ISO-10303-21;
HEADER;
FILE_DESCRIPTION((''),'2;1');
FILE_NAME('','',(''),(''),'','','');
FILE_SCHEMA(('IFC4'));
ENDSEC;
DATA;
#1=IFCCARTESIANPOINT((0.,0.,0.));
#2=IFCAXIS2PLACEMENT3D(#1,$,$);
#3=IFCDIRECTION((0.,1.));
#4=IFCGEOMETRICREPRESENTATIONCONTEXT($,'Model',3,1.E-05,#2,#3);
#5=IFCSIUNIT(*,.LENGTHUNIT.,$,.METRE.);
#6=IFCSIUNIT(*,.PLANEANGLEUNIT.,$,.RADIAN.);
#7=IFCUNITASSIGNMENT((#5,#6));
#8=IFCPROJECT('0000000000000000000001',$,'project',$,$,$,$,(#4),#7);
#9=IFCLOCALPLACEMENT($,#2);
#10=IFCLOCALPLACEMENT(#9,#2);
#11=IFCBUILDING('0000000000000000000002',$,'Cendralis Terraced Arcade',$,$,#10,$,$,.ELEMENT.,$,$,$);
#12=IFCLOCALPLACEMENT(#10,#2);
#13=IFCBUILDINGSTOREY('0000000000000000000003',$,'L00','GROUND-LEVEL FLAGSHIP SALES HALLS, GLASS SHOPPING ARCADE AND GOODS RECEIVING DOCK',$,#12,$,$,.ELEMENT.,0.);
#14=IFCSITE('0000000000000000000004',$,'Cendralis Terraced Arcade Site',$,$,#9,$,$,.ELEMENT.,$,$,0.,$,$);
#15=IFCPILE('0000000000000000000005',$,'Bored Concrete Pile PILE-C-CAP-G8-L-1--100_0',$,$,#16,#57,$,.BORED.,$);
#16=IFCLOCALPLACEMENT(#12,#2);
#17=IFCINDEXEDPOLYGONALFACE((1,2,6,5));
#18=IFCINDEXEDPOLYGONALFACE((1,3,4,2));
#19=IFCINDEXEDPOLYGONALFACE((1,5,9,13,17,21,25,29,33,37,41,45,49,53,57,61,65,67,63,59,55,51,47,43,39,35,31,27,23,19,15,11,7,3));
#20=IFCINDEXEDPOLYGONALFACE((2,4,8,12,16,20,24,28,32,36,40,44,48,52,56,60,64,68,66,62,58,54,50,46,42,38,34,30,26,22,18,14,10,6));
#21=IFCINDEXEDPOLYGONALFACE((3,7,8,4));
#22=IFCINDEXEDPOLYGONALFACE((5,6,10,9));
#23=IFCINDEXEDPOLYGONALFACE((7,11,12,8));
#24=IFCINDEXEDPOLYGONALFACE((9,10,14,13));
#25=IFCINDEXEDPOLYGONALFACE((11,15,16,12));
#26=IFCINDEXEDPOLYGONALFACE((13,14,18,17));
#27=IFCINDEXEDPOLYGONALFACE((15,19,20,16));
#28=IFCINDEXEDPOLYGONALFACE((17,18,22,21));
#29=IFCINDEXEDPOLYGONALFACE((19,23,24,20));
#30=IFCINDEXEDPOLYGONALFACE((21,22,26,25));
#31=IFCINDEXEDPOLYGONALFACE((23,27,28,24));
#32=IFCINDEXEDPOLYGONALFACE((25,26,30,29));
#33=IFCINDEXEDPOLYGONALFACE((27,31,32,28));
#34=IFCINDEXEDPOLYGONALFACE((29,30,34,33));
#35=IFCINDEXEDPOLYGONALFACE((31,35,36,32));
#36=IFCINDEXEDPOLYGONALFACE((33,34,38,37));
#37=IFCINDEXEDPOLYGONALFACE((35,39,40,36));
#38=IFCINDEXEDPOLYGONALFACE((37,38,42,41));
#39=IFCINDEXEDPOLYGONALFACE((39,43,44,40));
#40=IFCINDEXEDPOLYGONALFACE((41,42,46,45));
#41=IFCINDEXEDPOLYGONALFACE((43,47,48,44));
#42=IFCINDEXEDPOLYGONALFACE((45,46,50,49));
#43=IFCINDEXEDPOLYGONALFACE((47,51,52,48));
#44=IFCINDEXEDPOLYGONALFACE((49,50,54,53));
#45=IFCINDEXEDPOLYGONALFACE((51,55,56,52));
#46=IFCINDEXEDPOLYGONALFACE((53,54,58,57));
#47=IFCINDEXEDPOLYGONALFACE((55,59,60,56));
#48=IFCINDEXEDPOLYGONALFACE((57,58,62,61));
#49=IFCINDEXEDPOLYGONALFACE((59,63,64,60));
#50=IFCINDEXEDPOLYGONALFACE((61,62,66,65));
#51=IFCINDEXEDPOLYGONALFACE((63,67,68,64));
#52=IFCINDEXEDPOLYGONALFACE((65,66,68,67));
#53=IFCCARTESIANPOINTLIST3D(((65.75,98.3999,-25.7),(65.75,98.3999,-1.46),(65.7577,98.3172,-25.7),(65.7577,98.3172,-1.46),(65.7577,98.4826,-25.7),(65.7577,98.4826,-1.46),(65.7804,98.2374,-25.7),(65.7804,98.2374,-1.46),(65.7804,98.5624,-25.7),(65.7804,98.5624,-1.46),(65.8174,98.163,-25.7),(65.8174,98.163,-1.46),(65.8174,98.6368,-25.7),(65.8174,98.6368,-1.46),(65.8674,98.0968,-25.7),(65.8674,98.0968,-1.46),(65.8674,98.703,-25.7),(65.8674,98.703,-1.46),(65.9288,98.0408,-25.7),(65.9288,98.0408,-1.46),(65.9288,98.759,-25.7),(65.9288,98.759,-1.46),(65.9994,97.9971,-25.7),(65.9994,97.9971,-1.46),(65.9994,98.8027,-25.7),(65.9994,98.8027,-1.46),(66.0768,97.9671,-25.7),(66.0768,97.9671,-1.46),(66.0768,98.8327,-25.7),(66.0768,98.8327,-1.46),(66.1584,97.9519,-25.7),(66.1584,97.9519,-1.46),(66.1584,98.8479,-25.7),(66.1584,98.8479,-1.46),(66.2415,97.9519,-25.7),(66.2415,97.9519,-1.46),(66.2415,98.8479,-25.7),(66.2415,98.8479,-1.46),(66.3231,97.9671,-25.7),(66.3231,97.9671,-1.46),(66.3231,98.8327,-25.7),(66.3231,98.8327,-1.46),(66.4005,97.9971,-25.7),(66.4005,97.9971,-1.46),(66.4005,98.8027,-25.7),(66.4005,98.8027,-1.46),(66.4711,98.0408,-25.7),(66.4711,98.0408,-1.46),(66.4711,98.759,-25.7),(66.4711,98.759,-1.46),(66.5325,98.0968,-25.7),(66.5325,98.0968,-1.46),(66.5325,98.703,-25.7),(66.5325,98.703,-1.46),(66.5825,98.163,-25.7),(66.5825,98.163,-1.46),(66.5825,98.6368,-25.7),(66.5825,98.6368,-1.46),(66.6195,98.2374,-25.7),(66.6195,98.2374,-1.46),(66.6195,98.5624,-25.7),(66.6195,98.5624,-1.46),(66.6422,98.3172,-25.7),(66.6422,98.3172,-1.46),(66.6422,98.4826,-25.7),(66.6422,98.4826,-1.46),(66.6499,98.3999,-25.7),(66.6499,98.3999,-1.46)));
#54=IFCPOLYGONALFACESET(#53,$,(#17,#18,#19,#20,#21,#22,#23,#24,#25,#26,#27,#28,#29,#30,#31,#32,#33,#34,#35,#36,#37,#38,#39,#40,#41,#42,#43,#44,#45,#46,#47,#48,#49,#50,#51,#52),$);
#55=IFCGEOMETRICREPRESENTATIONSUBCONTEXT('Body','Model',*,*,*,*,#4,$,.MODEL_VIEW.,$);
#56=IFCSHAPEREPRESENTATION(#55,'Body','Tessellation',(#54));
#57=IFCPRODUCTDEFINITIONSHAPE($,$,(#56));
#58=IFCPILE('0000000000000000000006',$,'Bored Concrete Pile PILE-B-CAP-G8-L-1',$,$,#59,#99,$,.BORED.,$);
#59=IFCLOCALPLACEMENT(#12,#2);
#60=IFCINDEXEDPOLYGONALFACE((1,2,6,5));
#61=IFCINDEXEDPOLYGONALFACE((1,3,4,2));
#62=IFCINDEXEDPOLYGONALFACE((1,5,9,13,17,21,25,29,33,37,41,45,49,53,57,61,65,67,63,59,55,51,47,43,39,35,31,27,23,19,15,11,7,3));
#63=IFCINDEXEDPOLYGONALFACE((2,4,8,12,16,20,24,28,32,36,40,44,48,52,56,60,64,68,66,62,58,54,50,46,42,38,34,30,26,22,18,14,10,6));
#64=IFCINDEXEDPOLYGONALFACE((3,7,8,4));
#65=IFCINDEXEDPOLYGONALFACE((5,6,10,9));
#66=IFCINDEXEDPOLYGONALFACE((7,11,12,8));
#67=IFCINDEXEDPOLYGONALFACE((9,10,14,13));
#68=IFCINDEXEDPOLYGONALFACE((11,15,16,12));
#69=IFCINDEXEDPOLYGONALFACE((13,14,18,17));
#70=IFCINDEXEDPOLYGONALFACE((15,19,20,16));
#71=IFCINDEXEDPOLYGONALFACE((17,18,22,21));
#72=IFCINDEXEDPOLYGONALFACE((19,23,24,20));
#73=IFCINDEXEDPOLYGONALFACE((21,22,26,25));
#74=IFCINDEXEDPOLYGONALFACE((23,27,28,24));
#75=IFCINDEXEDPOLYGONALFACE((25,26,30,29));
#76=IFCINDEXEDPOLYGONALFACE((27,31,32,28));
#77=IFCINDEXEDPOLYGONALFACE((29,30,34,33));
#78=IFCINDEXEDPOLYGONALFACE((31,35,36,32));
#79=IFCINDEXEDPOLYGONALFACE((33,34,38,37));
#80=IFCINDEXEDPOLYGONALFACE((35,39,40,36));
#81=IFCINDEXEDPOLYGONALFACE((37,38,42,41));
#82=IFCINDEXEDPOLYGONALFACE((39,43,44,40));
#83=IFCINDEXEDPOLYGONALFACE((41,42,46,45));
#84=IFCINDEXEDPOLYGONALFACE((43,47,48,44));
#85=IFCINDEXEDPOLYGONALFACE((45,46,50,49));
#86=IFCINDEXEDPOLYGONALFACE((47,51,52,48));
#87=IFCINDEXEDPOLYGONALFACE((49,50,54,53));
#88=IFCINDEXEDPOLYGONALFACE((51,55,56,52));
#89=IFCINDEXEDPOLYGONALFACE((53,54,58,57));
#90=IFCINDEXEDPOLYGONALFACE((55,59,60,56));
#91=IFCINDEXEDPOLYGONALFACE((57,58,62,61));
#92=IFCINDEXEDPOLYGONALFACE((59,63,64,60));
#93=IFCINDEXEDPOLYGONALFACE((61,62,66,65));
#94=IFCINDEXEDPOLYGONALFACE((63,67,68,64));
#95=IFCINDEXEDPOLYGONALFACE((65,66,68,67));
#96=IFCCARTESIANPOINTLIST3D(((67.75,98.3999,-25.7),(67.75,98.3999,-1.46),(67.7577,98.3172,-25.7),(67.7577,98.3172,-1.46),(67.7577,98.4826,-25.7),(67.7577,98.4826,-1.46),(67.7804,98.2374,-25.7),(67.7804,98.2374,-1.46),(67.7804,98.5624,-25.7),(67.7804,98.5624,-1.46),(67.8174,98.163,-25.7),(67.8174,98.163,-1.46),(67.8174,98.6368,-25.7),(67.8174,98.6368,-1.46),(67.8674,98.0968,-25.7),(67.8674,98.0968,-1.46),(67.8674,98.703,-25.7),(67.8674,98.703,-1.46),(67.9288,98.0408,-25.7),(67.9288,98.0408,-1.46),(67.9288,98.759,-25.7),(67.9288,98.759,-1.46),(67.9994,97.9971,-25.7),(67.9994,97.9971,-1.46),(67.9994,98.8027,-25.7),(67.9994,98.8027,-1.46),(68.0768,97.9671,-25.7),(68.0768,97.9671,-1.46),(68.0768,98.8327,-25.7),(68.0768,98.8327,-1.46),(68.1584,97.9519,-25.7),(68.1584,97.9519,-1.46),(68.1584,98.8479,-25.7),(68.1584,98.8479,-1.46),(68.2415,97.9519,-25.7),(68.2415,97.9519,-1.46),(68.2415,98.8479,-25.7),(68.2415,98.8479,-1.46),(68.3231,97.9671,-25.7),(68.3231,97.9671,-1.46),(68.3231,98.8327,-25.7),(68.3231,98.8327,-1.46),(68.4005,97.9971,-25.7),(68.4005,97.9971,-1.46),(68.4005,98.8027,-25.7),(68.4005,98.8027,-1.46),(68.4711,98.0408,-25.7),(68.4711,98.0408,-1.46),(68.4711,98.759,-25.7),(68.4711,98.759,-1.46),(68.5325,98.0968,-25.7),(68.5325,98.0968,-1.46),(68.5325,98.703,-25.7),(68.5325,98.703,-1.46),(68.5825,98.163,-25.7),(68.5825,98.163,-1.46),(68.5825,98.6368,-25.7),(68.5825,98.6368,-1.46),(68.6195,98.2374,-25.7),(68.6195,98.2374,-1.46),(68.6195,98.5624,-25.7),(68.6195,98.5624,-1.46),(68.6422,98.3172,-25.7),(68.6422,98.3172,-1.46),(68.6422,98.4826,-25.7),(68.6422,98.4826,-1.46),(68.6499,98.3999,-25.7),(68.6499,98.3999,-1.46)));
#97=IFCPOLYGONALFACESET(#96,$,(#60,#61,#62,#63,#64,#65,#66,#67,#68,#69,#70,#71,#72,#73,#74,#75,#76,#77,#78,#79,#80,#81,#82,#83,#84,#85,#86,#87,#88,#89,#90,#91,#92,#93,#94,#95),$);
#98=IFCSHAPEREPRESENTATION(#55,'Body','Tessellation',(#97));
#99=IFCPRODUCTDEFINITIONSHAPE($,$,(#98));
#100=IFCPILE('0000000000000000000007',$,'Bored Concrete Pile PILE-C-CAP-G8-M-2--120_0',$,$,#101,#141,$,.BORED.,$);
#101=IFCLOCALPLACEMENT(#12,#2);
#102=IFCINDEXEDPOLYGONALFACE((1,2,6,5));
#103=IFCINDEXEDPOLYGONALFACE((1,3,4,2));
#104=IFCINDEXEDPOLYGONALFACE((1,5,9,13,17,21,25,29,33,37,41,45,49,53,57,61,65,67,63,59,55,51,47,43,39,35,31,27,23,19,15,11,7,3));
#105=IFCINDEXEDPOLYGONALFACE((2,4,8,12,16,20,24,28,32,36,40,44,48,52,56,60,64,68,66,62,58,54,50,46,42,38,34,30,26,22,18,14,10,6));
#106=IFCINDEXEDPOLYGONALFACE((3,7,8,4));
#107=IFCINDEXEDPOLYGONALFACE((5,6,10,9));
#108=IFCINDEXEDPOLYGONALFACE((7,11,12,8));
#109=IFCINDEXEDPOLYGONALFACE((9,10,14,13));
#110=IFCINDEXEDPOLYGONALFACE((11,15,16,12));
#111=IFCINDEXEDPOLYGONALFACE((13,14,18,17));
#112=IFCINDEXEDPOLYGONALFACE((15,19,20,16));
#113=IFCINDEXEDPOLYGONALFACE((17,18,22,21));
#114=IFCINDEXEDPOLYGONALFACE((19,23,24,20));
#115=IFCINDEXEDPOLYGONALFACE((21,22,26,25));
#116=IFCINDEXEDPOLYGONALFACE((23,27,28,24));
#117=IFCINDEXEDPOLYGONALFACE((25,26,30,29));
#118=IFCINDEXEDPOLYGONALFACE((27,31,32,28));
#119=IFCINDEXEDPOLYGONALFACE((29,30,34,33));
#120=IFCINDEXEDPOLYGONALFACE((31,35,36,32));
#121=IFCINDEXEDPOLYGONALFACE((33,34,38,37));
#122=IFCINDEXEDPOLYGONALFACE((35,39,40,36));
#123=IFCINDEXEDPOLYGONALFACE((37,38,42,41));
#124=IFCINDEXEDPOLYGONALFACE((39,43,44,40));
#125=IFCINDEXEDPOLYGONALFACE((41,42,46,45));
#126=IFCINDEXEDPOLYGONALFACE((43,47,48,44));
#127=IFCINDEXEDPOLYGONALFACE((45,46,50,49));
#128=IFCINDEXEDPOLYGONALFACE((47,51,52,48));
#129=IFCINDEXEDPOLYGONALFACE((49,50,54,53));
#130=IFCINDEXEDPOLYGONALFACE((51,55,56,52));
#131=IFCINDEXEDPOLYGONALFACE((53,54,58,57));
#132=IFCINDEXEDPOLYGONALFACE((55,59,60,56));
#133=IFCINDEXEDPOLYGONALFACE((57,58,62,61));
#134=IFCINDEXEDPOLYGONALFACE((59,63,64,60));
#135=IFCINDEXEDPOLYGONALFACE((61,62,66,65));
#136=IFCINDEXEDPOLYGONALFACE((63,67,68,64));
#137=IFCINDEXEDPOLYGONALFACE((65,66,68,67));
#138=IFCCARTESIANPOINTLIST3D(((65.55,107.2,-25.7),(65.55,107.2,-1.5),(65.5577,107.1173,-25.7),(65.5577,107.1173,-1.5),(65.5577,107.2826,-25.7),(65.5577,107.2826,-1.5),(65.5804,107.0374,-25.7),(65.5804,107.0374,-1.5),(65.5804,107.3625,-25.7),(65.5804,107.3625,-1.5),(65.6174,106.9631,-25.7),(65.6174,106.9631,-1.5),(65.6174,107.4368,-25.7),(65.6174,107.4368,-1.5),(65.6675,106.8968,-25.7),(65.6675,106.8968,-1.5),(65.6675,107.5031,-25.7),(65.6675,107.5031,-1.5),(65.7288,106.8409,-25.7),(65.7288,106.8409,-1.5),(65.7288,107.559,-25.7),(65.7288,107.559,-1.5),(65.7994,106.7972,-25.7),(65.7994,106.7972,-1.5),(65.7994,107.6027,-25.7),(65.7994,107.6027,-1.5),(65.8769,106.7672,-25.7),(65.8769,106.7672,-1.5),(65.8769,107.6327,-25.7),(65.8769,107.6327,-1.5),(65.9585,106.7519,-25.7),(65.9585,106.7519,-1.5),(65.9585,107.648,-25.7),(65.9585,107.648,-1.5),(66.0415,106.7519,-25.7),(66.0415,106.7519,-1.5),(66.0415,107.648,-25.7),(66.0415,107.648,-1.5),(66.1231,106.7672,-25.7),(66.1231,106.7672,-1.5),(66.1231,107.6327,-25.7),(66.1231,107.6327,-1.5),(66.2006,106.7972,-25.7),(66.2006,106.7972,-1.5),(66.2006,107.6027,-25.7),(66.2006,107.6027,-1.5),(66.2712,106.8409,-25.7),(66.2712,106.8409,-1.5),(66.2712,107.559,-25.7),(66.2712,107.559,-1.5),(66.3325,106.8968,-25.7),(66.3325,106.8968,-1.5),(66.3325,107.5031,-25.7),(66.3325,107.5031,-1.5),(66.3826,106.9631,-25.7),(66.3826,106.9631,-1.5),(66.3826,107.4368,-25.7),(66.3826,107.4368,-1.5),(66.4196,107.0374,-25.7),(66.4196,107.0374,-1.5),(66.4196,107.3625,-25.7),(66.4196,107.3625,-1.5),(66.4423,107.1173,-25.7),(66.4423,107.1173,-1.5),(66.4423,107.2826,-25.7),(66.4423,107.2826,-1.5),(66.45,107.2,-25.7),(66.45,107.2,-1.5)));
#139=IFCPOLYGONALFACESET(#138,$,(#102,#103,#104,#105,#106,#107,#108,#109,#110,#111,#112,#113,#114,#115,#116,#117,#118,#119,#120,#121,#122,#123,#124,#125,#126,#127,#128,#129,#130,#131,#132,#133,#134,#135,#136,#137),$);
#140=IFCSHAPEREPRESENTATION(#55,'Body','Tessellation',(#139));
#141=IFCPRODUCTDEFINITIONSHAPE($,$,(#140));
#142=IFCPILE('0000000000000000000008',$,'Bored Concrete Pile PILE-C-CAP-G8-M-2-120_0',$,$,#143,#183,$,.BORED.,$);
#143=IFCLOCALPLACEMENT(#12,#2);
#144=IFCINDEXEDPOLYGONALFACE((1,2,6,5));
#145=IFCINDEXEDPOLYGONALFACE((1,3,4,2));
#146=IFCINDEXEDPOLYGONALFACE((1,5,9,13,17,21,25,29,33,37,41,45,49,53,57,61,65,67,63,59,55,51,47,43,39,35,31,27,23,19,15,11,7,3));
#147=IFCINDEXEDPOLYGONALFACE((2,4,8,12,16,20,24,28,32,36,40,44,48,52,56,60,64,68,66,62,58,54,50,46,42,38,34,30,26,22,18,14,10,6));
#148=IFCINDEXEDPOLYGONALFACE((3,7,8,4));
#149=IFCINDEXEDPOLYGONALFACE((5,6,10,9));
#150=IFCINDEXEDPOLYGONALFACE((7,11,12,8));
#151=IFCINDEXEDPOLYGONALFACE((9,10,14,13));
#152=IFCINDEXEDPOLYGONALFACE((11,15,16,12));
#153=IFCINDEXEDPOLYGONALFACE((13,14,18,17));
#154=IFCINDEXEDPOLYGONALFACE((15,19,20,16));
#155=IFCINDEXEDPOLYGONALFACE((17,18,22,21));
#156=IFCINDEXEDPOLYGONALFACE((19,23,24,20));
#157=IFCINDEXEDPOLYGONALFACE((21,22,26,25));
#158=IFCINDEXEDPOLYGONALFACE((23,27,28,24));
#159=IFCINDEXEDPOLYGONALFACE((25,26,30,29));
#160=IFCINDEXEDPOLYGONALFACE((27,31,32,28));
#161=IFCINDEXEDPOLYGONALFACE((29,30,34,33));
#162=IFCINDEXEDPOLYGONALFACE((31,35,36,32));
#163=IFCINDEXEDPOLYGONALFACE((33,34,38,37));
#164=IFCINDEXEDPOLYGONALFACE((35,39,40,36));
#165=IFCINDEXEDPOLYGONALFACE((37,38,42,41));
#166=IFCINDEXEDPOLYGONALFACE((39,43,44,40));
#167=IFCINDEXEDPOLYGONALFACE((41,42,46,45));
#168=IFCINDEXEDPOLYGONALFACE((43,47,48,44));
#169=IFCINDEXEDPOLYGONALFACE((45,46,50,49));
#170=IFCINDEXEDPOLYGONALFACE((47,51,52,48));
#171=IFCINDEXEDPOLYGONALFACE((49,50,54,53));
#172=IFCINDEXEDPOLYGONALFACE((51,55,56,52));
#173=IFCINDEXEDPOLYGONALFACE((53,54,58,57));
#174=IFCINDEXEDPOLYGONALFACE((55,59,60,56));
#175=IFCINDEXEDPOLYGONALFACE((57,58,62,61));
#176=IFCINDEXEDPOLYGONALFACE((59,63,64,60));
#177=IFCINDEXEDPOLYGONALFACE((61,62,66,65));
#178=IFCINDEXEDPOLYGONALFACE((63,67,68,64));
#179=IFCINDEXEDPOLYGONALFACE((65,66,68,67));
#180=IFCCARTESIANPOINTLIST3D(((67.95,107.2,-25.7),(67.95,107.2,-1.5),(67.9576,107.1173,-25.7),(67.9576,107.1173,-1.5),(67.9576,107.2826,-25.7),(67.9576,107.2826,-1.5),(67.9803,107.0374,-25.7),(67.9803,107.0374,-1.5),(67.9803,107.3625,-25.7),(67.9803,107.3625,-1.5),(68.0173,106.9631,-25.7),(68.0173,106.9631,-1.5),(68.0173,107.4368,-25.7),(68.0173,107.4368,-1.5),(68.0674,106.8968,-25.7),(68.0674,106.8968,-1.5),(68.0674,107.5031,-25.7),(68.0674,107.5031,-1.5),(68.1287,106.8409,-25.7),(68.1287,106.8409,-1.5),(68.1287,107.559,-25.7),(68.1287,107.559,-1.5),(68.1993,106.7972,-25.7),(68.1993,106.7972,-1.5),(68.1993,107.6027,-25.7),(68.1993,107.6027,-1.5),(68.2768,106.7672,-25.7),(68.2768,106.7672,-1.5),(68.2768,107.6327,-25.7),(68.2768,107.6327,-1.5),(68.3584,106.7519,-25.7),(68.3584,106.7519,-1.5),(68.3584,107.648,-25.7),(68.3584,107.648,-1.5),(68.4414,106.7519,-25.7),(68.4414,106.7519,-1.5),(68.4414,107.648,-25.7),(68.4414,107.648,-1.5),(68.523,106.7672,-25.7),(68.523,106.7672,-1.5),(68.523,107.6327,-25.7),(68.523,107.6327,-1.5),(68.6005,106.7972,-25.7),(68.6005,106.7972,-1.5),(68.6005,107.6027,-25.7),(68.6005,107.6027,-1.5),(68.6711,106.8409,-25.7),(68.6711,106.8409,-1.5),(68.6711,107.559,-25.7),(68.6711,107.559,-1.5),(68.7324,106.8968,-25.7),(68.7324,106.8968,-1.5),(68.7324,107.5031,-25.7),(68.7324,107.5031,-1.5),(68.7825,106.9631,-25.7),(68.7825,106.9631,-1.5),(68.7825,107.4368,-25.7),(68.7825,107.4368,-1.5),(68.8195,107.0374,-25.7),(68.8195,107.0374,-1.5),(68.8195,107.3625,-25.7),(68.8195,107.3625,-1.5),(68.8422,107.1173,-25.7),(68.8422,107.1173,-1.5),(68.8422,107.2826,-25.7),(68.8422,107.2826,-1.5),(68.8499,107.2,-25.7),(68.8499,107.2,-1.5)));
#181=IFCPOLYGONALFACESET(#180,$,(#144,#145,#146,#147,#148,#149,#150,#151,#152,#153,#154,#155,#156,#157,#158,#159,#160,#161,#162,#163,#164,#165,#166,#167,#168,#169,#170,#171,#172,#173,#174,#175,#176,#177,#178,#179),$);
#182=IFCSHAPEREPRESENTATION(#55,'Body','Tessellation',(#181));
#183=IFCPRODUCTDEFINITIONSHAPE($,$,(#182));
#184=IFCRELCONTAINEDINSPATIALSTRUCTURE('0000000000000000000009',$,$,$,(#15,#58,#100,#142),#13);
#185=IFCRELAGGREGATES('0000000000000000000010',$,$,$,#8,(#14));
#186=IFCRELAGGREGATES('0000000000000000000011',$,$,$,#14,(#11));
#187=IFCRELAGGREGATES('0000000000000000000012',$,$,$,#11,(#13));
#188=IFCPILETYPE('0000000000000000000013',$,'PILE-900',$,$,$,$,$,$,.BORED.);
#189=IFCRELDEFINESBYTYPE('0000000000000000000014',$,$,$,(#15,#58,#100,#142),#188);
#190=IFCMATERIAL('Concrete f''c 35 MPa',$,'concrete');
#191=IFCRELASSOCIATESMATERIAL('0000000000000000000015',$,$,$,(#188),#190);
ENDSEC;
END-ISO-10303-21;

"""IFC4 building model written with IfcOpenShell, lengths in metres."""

from ifc_helpers import new_model, si_unit, direction, frame, origin, origin_2d, place, context, subcontext, project, spatial, circle, extrude, material, material_profile, profile_set, type_object, element, save


model = new_model("IFC4")

# Units and contexts
model_context = context("Model", 3, precision=1e-05, world=origin(), true_north=direction((0.0, 1.0)))
body_context = subcontext(model_context, "Body", "Model", "MODEL_VIEW")
ifc_project = project(units=[si_unit("LENGTHUNIT", "METRE"), si_unit("PLANEANGLEUNIT", "RADIAN")], contexts=[model_context])

# Site, building, storey
site_placement = place(None, origin())
site = spatial("IfcSite", under=ifc_project, at=site_placement, Name="Cendralis Terraced Arcade Site", CompositionType="ELEMENT", RefElevation=0.0)
building_placement = place(site_placement, origin())
building = spatial("IfcBuilding", under=site, at=building_placement, Name="Cendralis Terraced Arcade", CompositionType="ELEMENT")
storey_placement = place(building_placement, origin())
storey = spatial("IfcBuildingStorey", under=building, at=storey_placement, Name="L00", Description="GROUND-LEVEL FLAGSHIP SALES HALLS, GLASS SHOPPING ARCADE AND GOODS RECEIVING DOCK", CompositionType="ELEMENT", Elevation=0.0)

# Shared definitions
ifc_material_1 = material(Name="Concrete f'c 35 MPa", Category="concrete")

# Piles
ifc_material_profile_1 = material_profile(ifc_material_1, circle(Radius=0.45, at=origin_2d()), Name="PILE-D900", Category="LoadBearing")
ifc_profile_set_1 = profile_set([ifc_material_profile_1], Name="Concrete f'c 35 MPa")
pile_type = type_object("IfcPileType", Name="PILE-900", PredefinedType="BORED", material=ifc_profile_set_1)
for number, where, z_axis, x_axis, name in (
    (1, (66.2, 98.3999, -1.46), (0.0, 0.0, -1.0), (1.0, 0.0, 0.0), "Bored Concrete Pile PILE-C-CAP-G8-L-1--100_0"),
    (2, (68.2, 98.3999, -1.46), (0.0, 0.0, -1.0), (1.0, 0.0, 0.0), "Bored Concrete Pile PILE-B-CAP-G8-L-1"),
):
    element("IfcPile", number, at=place(storey_placement, frame(where, z_axis=z_axis, x_axis=x_axis)), inside=storey, type_object=pile_type, Name=name, PredefinedType="BORED", context=body_context, shape_type="SweptSolid", body=[
        extrude(circle(Radius=0.45, at=origin_2d()), origin(), (0.0, 0.0, 1.0), 24.24),
    ])
for number, where, z_axis, x_axis, name in (
    (3, (66.0, 107.2, -1.5), (0.0, 0.0, -1.0), (1.0, 0.0, 0.0), "Bored Concrete Pile PILE-C-CAP-G8-M-2--120_0"),
    (4, (68.3999, 107.2, -1.5), (0.0, 0.0, -1.0), (1.0, 0.0, 0.0), "Bored Concrete Pile PILE-C-CAP-G8-M-2-120_0"),
):
    element("IfcPile", number, at=place(storey_placement, frame(where, z_axis=z_axis, x_axis=x_axis)), inside=storey, type_object=pile_type, Name=name, PredefinedType="BORED", context=body_context, shape_type="SweptSolid", body=[
        extrude(circle(Radius=0.45, at=origin_2d()), origin(), (0.0, 0.0, 1.0), 24.2),
    ])

save(model, "model.ifc")
